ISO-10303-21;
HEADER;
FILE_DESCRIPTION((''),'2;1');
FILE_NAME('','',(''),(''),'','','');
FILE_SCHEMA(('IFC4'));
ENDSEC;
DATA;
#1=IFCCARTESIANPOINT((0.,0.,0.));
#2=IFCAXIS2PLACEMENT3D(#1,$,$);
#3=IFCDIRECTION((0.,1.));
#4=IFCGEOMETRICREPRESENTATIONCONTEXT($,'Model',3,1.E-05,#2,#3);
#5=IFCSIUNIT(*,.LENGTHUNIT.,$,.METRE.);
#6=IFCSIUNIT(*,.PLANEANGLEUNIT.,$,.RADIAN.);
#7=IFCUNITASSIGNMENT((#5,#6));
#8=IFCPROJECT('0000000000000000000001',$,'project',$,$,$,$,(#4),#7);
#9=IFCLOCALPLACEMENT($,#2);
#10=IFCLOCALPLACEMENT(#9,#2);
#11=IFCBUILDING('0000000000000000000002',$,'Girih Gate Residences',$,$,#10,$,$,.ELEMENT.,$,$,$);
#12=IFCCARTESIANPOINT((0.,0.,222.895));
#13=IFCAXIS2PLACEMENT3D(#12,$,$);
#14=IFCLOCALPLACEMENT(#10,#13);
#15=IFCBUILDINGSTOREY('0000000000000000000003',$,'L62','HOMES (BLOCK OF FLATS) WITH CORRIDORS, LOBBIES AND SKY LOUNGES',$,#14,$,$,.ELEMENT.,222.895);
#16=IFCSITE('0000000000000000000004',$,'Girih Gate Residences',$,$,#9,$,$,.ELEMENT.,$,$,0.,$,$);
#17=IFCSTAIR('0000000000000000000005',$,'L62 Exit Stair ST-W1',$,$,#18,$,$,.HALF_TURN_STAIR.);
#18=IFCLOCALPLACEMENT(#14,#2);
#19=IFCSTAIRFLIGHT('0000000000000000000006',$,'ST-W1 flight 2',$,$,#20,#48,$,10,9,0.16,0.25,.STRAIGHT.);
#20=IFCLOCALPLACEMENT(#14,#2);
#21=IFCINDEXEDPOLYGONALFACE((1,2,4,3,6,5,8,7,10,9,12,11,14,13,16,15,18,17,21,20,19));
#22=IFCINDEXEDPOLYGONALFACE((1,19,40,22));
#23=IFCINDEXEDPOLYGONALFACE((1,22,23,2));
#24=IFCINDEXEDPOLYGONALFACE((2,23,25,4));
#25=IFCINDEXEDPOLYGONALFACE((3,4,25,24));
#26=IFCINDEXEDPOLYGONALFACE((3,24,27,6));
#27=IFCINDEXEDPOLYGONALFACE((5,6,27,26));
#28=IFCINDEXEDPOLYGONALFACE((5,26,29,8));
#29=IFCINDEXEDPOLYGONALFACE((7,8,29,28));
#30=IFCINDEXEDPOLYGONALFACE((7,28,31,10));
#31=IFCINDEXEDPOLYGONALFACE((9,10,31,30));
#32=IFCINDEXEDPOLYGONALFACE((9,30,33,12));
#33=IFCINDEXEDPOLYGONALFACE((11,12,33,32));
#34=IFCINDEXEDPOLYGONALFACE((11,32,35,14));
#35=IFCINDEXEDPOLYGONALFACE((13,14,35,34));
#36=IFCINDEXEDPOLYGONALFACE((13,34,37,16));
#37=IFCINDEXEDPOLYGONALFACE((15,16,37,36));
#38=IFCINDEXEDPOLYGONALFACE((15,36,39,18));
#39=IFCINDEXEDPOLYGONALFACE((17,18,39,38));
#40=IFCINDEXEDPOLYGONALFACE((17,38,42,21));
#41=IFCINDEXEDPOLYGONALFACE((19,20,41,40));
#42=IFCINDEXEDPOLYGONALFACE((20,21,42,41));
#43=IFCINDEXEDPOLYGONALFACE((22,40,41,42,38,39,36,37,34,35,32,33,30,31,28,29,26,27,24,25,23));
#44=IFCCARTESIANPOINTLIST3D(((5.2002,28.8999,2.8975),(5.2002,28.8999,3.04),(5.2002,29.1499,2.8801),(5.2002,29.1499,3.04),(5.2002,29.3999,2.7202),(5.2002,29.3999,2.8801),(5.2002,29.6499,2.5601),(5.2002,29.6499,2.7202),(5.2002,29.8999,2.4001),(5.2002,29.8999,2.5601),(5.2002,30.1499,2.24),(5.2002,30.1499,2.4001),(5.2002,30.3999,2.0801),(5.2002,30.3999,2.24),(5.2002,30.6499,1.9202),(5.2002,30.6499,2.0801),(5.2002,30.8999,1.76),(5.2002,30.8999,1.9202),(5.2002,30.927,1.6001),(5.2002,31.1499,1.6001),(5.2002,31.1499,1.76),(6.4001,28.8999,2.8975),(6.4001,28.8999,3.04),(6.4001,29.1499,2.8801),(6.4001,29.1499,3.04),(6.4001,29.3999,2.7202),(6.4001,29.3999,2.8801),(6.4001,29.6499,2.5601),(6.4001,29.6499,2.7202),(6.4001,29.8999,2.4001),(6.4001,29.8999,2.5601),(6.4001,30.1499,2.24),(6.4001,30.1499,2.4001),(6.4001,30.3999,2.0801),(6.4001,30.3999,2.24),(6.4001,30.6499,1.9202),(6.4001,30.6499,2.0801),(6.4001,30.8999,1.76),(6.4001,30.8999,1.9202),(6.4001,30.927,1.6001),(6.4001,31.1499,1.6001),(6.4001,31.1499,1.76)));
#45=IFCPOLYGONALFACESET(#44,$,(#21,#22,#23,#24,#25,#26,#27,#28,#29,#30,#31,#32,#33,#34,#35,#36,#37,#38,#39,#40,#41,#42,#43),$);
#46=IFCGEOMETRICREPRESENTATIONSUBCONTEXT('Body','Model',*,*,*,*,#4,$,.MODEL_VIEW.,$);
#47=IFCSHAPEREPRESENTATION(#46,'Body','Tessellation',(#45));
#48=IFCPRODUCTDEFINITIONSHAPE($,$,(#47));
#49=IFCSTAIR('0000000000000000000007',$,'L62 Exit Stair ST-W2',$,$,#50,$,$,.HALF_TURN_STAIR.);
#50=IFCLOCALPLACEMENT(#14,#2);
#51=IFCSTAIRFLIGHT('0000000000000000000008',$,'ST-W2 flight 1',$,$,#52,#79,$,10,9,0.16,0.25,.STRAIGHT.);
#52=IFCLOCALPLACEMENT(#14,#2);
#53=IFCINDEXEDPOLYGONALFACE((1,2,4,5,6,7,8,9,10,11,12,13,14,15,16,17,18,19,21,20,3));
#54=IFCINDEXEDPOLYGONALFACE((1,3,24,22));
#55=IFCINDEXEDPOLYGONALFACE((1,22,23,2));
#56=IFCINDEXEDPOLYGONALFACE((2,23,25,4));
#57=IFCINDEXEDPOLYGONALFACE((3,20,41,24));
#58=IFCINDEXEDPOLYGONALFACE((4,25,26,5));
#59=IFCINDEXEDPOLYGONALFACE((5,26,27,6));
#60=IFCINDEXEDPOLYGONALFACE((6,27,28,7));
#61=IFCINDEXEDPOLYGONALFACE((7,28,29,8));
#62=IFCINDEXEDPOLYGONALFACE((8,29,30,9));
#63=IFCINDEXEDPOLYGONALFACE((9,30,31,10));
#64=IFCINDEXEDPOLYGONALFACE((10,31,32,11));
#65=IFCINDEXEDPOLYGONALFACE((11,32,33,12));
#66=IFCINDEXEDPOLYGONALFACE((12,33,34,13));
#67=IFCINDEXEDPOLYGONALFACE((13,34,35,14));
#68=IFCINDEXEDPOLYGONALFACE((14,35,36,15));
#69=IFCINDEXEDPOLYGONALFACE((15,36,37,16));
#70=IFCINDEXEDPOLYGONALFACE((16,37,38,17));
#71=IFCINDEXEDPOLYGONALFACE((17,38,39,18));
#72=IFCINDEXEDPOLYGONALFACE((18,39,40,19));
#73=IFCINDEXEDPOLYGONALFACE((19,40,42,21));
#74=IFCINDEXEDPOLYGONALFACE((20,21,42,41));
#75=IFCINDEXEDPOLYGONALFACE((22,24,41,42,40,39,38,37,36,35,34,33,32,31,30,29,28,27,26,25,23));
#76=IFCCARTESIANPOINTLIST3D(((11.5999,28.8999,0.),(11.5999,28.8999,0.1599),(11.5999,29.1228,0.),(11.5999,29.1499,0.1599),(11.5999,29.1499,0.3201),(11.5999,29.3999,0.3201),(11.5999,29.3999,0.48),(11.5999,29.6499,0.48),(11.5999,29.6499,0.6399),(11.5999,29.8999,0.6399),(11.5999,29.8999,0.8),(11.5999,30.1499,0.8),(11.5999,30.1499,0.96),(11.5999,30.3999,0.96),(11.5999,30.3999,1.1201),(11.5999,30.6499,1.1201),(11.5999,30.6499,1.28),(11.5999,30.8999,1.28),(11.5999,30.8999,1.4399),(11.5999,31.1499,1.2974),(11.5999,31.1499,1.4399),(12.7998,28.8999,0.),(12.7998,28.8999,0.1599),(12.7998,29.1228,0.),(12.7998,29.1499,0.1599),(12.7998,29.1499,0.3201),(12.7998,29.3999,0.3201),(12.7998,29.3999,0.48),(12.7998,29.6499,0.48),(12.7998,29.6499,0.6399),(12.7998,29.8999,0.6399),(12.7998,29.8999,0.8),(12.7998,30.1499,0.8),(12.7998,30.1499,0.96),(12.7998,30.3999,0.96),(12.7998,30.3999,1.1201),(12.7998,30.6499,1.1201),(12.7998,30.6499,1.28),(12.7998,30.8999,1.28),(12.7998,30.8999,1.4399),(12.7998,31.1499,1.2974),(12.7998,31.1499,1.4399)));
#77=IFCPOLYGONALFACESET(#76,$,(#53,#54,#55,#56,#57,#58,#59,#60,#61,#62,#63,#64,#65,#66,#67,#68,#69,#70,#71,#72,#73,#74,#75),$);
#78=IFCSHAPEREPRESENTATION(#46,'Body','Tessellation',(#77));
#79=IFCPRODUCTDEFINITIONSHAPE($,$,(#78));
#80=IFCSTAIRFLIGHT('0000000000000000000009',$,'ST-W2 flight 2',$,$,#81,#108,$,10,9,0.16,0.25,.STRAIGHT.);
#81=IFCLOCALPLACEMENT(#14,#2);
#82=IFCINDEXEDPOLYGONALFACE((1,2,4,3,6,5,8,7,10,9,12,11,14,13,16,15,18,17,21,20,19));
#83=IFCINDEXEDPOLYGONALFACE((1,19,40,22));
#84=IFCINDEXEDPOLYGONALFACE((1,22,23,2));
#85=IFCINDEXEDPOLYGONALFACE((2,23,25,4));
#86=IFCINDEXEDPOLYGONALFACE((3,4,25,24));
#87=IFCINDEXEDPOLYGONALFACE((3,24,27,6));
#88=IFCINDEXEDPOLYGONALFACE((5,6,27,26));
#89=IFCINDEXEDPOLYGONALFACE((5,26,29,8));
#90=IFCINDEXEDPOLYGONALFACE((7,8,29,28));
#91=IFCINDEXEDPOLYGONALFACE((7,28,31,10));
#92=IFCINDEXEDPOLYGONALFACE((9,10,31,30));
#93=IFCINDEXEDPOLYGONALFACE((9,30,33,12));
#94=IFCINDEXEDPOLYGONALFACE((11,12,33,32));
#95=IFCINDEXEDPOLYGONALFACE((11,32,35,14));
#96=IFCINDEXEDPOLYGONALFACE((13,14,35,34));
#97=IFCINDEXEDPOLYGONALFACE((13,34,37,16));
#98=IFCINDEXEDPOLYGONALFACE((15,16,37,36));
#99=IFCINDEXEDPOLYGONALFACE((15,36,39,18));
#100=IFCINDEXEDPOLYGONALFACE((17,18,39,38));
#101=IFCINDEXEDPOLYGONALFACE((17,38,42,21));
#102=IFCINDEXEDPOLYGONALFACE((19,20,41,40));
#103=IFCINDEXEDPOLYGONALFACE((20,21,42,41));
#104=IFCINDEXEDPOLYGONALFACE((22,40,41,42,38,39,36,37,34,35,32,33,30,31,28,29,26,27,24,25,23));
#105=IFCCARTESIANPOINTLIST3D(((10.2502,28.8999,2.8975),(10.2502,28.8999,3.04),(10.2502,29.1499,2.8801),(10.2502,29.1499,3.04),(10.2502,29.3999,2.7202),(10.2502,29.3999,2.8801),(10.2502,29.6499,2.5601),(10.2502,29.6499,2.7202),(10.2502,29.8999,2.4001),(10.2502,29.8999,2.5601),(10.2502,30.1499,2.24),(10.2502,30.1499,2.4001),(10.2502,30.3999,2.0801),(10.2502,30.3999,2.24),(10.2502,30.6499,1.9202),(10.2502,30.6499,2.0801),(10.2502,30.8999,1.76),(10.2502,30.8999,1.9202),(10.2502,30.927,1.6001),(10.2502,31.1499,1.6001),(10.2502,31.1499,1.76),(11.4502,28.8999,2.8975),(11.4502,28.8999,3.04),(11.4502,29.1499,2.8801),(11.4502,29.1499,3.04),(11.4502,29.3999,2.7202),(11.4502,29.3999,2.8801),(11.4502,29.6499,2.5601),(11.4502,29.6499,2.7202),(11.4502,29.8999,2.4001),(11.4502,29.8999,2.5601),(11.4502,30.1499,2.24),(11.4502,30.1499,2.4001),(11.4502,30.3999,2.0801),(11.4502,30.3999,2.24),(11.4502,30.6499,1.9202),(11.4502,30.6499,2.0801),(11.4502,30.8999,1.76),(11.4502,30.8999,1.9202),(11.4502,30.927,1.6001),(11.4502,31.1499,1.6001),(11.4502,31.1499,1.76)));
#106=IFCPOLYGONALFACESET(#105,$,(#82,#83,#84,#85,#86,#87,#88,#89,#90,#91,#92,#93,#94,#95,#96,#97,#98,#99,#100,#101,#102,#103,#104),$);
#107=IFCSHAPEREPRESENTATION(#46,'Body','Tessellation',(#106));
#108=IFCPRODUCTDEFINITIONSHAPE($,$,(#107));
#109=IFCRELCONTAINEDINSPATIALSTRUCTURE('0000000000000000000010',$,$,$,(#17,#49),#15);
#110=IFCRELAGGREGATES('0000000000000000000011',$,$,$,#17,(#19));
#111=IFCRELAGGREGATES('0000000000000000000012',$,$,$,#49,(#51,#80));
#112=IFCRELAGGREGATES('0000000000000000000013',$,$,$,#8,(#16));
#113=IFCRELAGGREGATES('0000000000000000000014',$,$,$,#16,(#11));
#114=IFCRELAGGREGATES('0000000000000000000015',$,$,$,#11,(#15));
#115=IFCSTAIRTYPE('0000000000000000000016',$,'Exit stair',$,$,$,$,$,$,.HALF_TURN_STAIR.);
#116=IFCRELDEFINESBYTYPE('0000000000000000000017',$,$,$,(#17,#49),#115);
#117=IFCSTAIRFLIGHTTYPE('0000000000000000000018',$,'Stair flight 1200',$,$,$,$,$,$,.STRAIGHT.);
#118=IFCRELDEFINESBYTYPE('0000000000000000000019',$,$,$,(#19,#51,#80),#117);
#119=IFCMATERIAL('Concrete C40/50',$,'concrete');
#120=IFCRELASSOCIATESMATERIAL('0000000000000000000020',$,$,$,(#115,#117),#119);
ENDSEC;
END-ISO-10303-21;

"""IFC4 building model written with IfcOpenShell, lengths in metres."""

from ifc_helpers import new_model, si_unit, direction, frame, origin, place, context, subcontext, project, spatial, polyline, outline, extrude, material, type_object, element, aggregate, save


model = new_model("IFC4")

# Units and contexts
model_context = context("Model", 3, precision=1e-05, world=origin(), true_north=direction((0.0, 1.0)))
body_context = subcontext(model_context, "Body", "Model", "MODEL_VIEW")
ifc_project = project(units=[si_unit("LENGTHUNIT", "METRE"), si_unit("PLANEANGLEUNIT", "RADIAN")], contexts=[model_context])

# Site, building, storey
site_placement = place(None, origin())
site = spatial("IfcSite", under=ifc_project, at=site_placement, Name="Girih Gate Residences", CompositionType="ELEMENT", RefElevation=0.0)
building_placement = place(site_placement, origin())
building = spatial("IfcBuilding", under=site, at=building_placement, Name="Girih Gate Residences", CompositionType="ELEMENT")
storey_placement = place(building_placement, frame((0.0, 0.0, 222.895)))
storey = spatial("IfcBuildingStorey", under=building, at=storey_placement, Name="L62", Description="HOMES (BLOCK OF FLATS) WITH CORRIDORS, LOBBIES AND SKY LOUNGES", CompositionType="ELEMENT", Elevation=222.895)

# Shared definitions
ifc_material_1 = material(Name="Concrete C40/50", Category="concrete")

# Stairs, stair flights
stair_type = type_object("IfcStairType", Name="Exit stair", PredefinedType="HALF_TURN_STAIR", material=ifc_material_1)
stair_1_placement = place(storey_placement, origin())
stair_1 = element("IfcStair", 1, at=stair_1_placement, inside=storey, type_object=stair_type, Name="L62 Exit Stair ST-W1", PredefinedType="HALF_TURN_STAIR")
stair_flight_type = type_object("IfcStairFlightType", Name="Stair flight 1200", PredefinedType="STRAIGHT", material=ifc_material_1)
stair_flight_1_placement = place(storey_placement, frame((5.8, 31.1499, 1.6001), z_axis=(0.0, 0.0, 1.0), x_axis=(0.0, -1.0, 0.0)))
stair_flight_1 = element("IfcStairFlight", 2, at=stair_flight_1_placement, type_object=stair_flight_type, Name="ST-W1 flight 2", NumberOfRisers=10, NumberOfTreads=9, PredefinedType="STRAIGHT", RiserHeight=0.16, TreadLength=0.25, context=body_context, shape_type="SweptSolid", body=[
    extrude(outline(polyline([(0.0, 0.0), (0.0, 0.1599), (0.25, 0.1599), (0.25, 0.3201), (0.5, 0.3201), (0.5, 0.48), (0.75, 0.48), (0.75, 0.6399), (1.0, 0.6399), (1.0, 0.8), (1.25, 0.8), (1.25, 0.96), (1.5, 0.96), (1.5, 1.1201), (1.75, 1.1201), (1.75, 1.28), (2.0, 1.28), (2.0, 1.4399), (2.25, 1.4399), (2.25, 1.6001), (2.25, 1.2974), (0.2229, 0.0), (0.0, 0.0)])), frame((0.0, 0.6001, 0.0), z_axis=(0.0, -1.0, 0.0), x_axis=(1.0, 0.0, 0.0)), (0.0, 0.0, 1.0), 1.2),
])
aggregate(stair_1, [stair_flight_1])
stair_2_placement = place(storey_placement, origin())
stair_2 = element("IfcStair", 3, at=stair_2_placement, inside=storey, type_object=stair_type, Name="L62 Exit Stair ST-W2", PredefinedType="HALF_TURN_STAIR")
stair_flight_2_placement = place(storey_placement, frame((12.2, 28.8999, 0.0), z_axis=(0.0, 0.0, 1.0), x_axis=(0.0, 1.0, 0.0)))
stair_flight_2 = element("IfcStairFlight", 4, at=stair_flight_2_placement, type_object=stair_flight_type, Name="ST-W2 flight 1", NumberOfRisers=10, NumberOfTreads=9, PredefinedType="STRAIGHT", RiserHeight=0.16, TreadLength=0.25, context=body_context, shape_type="SweptSolid", body=[
    extrude(outline(polyline([(0.0, 0.0), (0.0, 0.1599), (0.25, 0.1599), (0.25, 0.3201), (0.5, 0.3201), (0.5, 0.48), (0.75, 0.48), (0.75, 0.6399), (1.0, 0.6399), (1.0, 0.8), (1.25, 0.8), (1.25, 0.96), (1.5, 0.96), (1.5, 1.1201), (1.75, 1.1201), (1.75, 1.28), (2.0, 1.28), (2.0, 1.4399), (2.25, 1.4399), (2.25, 1.6001), (2.25, 1.2974), (0.2229, 0.0), (0.0, 0.0)])), frame((0.0, 0.6001, 0.0), z_axis=(0.0, -1.0, 0.0), x_axis=(1.0, 0.0, 0.0)), (0.0, 0.0, 1.0), 1.2),
])
stair_flight_3_placement = place(storey_placement, frame((10.8501, 31.1499, 1.6001), z_axis=(0.0, 0.0, 1.0), x_axis=(0.0, -1.0, 0.0)))
stair_flight_3 = element("IfcStairFlight", 5, at=stair_flight_3_placement, type_object=stair_flight_type, Name="ST-W2 flight 2", NumberOfRisers=10, NumberOfTreads=9, PredefinedType="STRAIGHT", RiserHeight=0.16, TreadLength=0.25, context=body_context, shape_type="SweptSolid", body=[
    extrude(outline(polyline([(0.0, 0.0), (0.0, 0.1599), (0.25, 0.1599), (0.25, 0.3201), (0.5, 0.3201), (0.5, 0.48), (0.75, 0.48), (0.75, 0.6399), (1.0, 0.6399), (1.0, 0.8), (1.25, 0.8), (1.25, 0.96), (1.5, 0.96), (1.5, 1.1201), (1.75, 1.1201), (1.75, 1.28), (2.0, 1.28), (2.0, 1.4399), (2.25, 1.4399), (2.25, 1.6001), (2.25, 1.2974), (0.2229, 0.0), (0.0, 0.0)])), frame((0.0, 0.6001, 0.0), z_axis=(0.0, -1.0, 0.0), x_axis=(1.0, 0.0, 0.0)), (0.0, 0.0, 1.0), 1.2),
])
aggregate(stair_2, [stair_flight_2, stair_flight_3])

save(model, "model.ifc")
